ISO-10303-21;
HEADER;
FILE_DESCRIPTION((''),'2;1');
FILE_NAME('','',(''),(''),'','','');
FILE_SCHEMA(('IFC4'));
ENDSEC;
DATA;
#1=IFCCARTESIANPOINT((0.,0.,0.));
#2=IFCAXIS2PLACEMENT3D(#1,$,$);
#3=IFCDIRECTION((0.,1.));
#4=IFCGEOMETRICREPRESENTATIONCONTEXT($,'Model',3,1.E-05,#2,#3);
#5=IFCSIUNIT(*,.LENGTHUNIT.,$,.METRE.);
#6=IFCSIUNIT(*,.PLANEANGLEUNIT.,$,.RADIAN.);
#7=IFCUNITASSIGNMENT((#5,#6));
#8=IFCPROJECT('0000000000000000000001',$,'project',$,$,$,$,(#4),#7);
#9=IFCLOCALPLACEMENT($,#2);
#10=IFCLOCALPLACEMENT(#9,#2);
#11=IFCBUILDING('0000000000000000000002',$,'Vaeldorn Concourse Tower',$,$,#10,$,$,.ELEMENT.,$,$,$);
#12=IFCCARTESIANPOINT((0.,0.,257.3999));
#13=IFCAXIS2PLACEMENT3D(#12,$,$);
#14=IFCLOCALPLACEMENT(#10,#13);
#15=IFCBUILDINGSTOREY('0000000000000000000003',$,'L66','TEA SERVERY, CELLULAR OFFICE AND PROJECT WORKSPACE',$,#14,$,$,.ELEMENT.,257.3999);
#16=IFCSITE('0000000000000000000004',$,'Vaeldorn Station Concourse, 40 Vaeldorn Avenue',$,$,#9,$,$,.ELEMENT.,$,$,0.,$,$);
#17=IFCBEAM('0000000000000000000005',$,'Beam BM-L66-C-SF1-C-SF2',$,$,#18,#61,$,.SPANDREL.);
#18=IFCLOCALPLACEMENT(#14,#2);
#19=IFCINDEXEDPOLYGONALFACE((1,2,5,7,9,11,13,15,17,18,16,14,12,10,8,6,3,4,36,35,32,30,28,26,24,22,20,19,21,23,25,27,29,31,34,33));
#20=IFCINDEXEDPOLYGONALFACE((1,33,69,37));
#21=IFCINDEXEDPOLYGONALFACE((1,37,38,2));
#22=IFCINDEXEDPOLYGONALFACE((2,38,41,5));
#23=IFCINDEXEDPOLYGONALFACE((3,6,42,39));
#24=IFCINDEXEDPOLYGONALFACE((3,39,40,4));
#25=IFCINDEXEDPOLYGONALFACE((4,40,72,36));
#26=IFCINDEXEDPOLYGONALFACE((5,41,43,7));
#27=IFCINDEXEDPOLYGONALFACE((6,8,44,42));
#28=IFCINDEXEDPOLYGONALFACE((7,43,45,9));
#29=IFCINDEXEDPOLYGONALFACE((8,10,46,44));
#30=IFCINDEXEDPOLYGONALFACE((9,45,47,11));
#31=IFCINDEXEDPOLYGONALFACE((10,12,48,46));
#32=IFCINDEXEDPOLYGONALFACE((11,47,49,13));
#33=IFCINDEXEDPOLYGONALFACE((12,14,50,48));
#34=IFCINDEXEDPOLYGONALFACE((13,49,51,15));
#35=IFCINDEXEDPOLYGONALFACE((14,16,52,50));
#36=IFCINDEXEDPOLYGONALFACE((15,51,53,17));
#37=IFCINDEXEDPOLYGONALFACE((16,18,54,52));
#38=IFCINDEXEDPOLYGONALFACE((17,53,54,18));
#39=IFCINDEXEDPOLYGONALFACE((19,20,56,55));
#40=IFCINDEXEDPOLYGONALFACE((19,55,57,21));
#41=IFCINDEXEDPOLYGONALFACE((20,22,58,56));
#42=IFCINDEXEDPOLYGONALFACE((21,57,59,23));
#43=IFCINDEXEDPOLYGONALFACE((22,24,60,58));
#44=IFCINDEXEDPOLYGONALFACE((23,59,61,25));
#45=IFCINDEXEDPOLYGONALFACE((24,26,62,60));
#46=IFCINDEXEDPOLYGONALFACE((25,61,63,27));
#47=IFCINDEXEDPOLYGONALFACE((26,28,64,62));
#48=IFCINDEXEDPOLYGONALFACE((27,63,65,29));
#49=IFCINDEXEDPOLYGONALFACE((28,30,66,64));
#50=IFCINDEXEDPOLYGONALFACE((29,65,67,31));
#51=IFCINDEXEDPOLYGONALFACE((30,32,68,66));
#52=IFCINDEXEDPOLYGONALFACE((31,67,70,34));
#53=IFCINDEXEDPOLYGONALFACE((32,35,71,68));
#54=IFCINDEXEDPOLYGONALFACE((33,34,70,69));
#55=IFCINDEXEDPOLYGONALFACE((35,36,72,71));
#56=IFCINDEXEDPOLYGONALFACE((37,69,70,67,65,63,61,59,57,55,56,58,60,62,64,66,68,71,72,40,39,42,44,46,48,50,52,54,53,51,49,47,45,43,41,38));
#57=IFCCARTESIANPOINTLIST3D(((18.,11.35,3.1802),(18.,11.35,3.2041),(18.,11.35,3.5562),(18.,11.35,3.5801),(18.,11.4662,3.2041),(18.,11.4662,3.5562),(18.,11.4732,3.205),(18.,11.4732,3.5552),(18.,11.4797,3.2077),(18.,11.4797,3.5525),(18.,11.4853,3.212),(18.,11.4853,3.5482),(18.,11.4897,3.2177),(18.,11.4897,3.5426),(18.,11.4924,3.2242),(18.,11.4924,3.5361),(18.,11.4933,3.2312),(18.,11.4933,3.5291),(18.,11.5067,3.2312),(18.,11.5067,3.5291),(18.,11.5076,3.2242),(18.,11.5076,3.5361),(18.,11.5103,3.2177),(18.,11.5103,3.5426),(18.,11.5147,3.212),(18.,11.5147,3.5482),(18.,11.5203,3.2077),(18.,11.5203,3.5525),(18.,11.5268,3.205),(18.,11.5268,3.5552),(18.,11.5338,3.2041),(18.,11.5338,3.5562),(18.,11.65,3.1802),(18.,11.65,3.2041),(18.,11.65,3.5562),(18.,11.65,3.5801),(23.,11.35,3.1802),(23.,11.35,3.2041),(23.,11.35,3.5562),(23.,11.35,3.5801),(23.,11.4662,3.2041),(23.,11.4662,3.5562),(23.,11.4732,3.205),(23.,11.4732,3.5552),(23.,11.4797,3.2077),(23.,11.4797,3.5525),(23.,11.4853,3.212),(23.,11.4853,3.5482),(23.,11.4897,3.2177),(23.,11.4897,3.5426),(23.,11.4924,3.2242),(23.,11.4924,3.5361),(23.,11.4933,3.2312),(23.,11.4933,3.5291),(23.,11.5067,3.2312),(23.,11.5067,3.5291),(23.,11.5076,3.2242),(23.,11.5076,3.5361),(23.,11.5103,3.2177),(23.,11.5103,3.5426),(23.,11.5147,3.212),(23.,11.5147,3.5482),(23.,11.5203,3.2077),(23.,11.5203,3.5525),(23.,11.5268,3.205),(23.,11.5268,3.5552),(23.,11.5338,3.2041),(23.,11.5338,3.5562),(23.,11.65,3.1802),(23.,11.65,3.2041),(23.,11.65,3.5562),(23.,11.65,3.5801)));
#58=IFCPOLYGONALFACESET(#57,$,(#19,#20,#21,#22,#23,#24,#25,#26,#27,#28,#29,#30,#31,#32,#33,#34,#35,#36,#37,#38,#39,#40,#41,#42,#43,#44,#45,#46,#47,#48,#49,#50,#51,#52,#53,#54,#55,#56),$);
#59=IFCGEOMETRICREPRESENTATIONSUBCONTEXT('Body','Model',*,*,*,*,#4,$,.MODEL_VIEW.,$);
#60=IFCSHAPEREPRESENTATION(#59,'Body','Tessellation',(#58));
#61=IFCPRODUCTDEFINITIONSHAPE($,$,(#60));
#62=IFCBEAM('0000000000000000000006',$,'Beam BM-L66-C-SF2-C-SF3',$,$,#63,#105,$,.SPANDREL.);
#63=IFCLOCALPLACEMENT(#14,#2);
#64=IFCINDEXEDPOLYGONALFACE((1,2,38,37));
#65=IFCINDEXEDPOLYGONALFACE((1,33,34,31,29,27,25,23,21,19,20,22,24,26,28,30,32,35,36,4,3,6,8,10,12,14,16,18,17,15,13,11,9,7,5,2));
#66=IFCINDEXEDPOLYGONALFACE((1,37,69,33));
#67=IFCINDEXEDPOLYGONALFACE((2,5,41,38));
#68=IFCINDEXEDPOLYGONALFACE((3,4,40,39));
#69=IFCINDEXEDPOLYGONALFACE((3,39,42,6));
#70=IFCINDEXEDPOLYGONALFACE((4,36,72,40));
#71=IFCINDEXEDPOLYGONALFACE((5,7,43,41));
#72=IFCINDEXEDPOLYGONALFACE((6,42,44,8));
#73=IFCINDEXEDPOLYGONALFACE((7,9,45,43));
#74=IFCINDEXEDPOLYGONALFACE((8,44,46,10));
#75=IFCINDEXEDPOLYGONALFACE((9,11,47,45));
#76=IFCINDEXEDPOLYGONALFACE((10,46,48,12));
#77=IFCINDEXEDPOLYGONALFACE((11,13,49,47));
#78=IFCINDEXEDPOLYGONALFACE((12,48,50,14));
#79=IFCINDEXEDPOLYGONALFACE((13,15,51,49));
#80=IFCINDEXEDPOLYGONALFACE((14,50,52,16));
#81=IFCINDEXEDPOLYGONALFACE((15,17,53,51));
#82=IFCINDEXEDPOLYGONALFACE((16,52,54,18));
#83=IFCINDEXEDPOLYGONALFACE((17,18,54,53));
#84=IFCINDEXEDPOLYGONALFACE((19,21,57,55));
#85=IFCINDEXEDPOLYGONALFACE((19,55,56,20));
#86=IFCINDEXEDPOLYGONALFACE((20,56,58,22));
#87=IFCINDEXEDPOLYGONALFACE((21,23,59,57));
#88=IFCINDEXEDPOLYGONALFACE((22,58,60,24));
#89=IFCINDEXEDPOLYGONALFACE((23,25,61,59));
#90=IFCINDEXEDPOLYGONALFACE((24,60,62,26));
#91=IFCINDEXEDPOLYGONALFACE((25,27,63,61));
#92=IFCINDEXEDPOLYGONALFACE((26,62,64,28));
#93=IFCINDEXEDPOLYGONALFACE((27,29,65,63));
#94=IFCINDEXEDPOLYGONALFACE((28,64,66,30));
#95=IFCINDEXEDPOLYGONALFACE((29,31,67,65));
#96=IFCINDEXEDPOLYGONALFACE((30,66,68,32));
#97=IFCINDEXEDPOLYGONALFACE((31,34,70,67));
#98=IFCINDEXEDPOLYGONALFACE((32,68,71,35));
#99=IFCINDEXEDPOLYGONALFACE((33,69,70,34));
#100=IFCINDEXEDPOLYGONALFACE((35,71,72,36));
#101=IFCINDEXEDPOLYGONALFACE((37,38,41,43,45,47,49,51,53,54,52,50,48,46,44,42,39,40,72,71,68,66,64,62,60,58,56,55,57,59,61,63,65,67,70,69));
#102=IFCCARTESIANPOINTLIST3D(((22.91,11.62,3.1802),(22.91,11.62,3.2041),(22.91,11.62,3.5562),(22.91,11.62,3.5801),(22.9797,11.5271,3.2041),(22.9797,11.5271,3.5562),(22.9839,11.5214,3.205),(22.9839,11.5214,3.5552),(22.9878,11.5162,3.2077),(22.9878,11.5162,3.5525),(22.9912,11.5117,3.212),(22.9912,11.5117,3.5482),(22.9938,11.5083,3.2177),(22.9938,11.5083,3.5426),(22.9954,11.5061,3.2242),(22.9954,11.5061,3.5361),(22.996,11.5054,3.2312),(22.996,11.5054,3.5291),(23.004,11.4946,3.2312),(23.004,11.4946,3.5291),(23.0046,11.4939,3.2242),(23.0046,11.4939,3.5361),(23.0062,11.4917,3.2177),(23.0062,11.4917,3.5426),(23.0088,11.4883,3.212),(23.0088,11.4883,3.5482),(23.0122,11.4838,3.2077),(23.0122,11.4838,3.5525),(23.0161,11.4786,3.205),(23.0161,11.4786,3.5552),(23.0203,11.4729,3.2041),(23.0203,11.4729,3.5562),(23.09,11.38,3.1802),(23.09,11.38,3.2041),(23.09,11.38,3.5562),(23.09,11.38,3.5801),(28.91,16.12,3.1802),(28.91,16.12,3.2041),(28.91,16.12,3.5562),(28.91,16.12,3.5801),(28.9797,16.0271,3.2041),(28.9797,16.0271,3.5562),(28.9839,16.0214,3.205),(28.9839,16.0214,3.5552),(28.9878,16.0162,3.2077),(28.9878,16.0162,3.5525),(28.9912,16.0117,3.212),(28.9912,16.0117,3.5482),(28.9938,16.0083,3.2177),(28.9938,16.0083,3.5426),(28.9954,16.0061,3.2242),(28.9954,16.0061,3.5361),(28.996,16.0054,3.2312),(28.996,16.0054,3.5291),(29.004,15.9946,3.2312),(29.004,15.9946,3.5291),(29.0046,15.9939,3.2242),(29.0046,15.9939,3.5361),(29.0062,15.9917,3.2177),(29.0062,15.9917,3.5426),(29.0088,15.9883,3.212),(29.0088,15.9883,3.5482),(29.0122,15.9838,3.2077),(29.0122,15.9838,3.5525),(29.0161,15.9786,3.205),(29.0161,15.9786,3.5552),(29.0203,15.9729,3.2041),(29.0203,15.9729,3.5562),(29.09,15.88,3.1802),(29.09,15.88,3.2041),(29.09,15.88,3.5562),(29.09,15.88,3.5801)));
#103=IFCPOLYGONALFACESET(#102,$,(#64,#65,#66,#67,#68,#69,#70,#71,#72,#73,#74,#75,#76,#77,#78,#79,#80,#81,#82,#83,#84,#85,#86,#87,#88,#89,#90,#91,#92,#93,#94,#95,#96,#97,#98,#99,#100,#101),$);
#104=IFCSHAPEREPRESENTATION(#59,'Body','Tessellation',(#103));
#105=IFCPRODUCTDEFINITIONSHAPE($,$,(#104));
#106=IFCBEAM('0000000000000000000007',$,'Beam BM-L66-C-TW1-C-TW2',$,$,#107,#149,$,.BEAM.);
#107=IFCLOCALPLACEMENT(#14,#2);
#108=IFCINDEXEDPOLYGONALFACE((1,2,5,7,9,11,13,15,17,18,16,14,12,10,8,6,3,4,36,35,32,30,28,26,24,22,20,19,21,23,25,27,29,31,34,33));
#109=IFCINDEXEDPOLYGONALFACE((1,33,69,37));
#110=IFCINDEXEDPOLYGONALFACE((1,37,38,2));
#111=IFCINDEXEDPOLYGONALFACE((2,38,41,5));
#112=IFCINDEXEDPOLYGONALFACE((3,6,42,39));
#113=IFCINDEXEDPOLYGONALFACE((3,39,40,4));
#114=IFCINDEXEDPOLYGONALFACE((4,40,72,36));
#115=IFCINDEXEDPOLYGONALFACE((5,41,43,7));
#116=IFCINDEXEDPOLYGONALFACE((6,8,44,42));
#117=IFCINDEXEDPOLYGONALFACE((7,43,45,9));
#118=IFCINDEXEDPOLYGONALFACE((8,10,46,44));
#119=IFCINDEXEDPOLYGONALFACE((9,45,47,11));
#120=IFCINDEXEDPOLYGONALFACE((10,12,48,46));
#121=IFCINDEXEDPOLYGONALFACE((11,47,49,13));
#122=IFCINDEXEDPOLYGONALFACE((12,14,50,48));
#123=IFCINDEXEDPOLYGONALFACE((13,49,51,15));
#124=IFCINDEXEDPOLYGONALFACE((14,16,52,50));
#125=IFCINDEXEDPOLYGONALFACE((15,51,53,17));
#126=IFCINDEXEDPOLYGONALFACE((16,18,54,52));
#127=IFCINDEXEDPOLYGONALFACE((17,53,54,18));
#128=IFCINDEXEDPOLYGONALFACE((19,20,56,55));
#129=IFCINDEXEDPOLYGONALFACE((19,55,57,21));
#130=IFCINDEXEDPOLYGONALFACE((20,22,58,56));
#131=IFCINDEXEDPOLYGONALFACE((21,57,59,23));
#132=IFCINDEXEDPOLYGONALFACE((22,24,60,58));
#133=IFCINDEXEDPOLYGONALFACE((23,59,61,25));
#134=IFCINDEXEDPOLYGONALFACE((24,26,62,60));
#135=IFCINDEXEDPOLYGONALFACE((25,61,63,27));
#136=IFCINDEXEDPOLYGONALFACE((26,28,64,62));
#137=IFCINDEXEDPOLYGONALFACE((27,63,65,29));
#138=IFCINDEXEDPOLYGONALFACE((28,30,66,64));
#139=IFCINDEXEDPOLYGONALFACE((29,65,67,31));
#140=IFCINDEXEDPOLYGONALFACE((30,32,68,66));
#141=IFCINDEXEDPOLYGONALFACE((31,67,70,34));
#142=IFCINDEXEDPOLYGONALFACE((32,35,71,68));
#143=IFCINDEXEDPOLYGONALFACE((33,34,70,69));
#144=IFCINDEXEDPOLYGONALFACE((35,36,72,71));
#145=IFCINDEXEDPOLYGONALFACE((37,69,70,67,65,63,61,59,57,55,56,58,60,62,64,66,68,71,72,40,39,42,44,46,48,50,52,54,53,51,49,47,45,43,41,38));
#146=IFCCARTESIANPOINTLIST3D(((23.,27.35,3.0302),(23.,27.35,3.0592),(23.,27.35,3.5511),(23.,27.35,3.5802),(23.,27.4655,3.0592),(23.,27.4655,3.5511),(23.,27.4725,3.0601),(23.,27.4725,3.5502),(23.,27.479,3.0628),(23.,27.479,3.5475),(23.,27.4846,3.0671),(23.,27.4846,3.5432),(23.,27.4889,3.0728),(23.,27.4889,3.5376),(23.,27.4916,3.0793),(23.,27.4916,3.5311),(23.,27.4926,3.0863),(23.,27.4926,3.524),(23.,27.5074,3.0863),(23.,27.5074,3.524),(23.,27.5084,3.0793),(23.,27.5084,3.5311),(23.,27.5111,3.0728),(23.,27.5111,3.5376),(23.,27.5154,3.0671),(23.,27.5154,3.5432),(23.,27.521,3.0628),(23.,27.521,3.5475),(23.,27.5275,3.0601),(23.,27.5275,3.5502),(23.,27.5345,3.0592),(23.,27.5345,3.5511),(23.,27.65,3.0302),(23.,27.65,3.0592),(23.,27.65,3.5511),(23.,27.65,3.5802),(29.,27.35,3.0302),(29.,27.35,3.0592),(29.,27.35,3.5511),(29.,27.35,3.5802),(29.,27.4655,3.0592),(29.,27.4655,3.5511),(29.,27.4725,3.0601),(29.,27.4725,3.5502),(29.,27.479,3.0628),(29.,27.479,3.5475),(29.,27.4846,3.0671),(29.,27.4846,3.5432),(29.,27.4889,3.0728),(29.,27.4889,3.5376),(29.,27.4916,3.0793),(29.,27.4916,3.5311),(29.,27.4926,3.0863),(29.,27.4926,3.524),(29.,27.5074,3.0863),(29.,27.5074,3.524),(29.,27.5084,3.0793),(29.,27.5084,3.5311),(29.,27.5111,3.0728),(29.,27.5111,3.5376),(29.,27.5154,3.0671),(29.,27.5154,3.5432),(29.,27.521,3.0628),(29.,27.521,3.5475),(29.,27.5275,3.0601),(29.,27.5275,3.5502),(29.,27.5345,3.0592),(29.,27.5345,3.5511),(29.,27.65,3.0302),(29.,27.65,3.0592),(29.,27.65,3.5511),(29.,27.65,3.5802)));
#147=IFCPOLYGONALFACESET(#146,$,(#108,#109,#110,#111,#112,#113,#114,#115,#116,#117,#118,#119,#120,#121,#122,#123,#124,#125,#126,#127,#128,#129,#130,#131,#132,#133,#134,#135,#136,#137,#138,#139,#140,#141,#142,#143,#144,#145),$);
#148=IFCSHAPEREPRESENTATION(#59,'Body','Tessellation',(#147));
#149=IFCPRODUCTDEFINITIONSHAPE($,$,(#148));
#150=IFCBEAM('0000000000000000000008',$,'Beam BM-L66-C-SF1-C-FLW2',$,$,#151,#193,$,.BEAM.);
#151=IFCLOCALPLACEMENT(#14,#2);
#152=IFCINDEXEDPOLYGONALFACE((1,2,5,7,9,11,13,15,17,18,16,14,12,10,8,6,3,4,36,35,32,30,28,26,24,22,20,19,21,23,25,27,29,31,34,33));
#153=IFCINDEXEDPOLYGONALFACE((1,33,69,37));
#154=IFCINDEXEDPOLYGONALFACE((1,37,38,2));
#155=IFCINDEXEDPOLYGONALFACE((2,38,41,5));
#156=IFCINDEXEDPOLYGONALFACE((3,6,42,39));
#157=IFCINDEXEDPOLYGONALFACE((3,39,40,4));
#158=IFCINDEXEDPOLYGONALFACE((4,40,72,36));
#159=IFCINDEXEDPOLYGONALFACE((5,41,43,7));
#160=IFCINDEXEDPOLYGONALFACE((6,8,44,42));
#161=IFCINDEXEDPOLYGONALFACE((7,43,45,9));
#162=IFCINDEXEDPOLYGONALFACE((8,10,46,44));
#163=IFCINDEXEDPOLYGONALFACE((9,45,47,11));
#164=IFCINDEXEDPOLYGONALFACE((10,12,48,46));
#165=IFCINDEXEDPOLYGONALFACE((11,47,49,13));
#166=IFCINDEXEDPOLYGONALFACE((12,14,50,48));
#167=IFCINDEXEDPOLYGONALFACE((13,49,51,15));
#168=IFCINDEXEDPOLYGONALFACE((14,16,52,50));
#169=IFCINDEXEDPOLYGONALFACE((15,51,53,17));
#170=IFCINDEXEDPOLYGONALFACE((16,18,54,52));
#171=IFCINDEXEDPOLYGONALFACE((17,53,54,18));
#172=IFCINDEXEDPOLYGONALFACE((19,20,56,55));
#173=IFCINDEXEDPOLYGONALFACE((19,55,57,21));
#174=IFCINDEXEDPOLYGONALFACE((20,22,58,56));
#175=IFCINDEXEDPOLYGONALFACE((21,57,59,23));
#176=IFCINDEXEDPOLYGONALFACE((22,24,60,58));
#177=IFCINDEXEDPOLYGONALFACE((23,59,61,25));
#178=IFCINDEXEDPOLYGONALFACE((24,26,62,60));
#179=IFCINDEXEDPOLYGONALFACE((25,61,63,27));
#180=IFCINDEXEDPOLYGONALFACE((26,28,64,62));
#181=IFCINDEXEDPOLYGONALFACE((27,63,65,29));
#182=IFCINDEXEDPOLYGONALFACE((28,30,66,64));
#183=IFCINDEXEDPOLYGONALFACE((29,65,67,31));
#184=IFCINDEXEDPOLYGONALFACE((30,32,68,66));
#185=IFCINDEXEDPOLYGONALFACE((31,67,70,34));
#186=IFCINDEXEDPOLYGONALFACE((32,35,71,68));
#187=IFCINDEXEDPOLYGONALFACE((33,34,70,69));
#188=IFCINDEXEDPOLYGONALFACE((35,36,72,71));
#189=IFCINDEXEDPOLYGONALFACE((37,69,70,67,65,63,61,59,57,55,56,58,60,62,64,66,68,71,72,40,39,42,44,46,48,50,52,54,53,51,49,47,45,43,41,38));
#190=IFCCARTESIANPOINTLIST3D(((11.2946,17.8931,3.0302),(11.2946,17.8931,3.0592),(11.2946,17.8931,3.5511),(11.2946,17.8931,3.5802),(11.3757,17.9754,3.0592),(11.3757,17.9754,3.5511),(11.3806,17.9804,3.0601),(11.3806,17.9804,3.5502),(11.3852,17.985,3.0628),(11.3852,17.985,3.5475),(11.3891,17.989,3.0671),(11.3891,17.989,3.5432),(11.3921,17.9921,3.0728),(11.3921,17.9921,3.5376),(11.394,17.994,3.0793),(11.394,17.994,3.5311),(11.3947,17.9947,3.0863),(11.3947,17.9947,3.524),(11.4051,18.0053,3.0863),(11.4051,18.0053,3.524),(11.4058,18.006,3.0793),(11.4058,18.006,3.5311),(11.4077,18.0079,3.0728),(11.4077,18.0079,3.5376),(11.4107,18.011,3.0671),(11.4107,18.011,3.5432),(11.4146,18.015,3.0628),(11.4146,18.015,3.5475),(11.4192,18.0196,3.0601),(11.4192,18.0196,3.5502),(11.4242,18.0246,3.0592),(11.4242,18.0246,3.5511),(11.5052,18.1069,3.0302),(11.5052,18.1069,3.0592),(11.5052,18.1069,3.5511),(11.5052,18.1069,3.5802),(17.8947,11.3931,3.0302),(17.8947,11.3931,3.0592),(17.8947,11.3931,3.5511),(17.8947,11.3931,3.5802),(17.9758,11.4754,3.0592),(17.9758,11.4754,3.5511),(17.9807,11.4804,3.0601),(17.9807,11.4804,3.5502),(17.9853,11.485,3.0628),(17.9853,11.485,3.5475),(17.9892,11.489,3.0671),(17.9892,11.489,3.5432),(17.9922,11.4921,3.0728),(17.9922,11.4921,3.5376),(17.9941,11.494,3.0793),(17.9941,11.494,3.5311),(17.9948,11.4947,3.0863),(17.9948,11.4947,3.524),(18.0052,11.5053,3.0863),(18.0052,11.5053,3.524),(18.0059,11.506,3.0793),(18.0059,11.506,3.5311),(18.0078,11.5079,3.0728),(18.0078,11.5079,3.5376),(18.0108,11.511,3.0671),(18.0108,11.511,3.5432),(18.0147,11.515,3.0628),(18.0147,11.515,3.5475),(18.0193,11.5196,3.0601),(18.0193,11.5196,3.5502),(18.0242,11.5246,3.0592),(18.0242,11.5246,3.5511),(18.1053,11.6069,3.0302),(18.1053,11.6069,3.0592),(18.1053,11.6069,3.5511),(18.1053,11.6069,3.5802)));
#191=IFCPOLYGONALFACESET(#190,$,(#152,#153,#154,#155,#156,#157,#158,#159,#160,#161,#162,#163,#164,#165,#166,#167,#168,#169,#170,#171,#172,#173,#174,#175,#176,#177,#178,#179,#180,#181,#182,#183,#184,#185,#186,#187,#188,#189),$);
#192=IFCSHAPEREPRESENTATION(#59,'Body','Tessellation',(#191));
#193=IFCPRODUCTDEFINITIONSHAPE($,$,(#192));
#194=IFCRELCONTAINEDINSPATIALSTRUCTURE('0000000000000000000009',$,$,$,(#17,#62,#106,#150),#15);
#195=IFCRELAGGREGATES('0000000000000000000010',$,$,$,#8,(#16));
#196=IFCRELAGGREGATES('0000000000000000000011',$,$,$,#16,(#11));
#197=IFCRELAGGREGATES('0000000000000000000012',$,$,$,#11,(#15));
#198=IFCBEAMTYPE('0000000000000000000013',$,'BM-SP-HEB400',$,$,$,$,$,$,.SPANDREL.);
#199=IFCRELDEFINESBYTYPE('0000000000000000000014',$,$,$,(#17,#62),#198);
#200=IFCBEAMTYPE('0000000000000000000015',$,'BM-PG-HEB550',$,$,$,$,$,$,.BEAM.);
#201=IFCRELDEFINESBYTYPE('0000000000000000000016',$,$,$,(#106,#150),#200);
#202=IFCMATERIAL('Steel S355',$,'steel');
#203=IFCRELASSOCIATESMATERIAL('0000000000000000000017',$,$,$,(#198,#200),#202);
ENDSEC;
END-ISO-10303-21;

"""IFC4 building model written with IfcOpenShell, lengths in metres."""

from ifc_helpers import new_model, si_unit, direction, frame, origin, origin_2d, place, context, subcontext, project, spatial, i_section, extrude, source, transform, mapped, material, material_profile, profile_set, type_object, element, save


model = new_model("IFC4")

# Units and contexts
model_context = context("Model", 3, precision=1e-05, world=origin(), true_north=direction((0.0, 1.0)))
body_context = subcontext(model_context, "Body", "Model", "MODEL_VIEW")
ifc_project = project(units=[si_unit("LENGTHUNIT", "METRE"), si_unit("PLANEANGLEUNIT", "RADIAN")], contexts=[model_context])

# Site, building, storey
site_placement = place(None, origin())
site = spatial("IfcSite", under=ifc_project, at=site_placement, Name="Vaeldorn Station Concourse, 40 Vaeldorn Avenue", CompositionType="ELEMENT", RefElevation=0.0)
building_placement = place(site_placement, origin())
building = spatial("IfcBuilding", under=site, at=building_placement, Name="Vaeldorn Concourse Tower", CompositionType="ELEMENT")
storey_placement = place(building_placement, frame((0.0, 0.0, 257.3999)))
storey = spatial("IfcBuildingStorey", under=building, at=storey_placement, Name="L66", Description="TEA SERVERY, CELLULAR OFFICE AND PROJECT WORKSPACE", CompositionType="ELEMENT", Elevation=257.3999)

# Shared definitions
ifc_material_1 = material(Name="Steel S355", Category="steel")

# Beams
ifc_material_profile_1 = material_profile(ifc_material_1, i_section(OverallWidth=0.3, OverallDepth=0.3999, WebThickness=0.0134, FlangeThickness=0.0239, FilletRadius=0.0271, at=origin_2d()), Name="HEB 400")
ifc_profile_set_1 = profile_set([ifc_material_profile_1], Name="Steel S355")
beam_type_1 = type_object("IfcBeamType", Name="BM-SP-HEB400", PredefinedType="SPANDREL", material=ifc_profile_set_1)
shared_shape_1 = source(origin(), body_context, "Body", "SweptSolid", [
    extrude(i_section(OverallWidth=0.3, OverallDepth=0.3999, WebThickness=0.0134, FlangeThickness=0.0239, FilletRadius=0.0271, at=origin_2d()), origin(), (0.0, 0.0, 1.0), 5.0),
])
beam_1_placement = place(storey_placement, frame((18.0, 11.5, 3.3801), z_axis=(1.0, 0.0, 0.0), x_axis=(0.0, 1.0, 0.0)))
element("IfcBeam", 1, at=beam_1_placement, inside=storey, type_object=beam_type_1, Name="Beam BM-L66-C-SF1-C-SF2", PredefinedType="SPANDREL", context=body_context, shape_type="MappedRepresentation", body=[
    mapped(shared_shape_1, transform((0.0, 0.0, 0.0), scale=1.0)),
])
shared_shape_2 = source(origin(), body_context, "Body", "SweptSolid", [
    extrude(i_section(OverallWidth=0.3, OverallDepth=0.3999, WebThickness=0.0134, FlangeThickness=0.0239, FilletRadius=0.0271, at=origin_2d()), origin(), (0.0, 0.0, 1.0), 7.5),
])
beam_2_placement = place(storey_placement, frame((23.0, 11.5, 3.3801), z_axis=(0.8, 0.6, 0.0), x_axis=(-0.6, 0.8, 0.0)))
element("IfcBeam", 2, at=beam_2_placement, inside=storey, type_object=beam_type_1, Name="Beam BM-L66-C-SF2-C-SF3", PredefinedType="SPANDREL", context=body_context, shape_type="MappedRepresentation", body=[
    mapped(shared_shape_2, transform((0.0, 0.0, 0.0), scale=1.0)),
])
ifc_material_profile_2 = material_profile(ifc_material_1, i_section(OverallWidth=0.3, OverallDepth=0.55, WebThickness=0.0149, FlangeThickness=0.0291, FilletRadius=0.0271, at=origin_2d()), Name="HEB 550")
ifc_profile_set_2 = profile_set([ifc_material_profile_2], Name="Steel S355")
beam_type_2 = type_object("IfcBeamType", Name="BM-PG-HEB550", PredefinedType="BEAM", material=ifc_profile_set_2)
shared_shape_3 = source(origin(), body_context, "Body", "SweptSolid", [
    extrude(i_section(OverallWidth=0.3, OverallDepth=0.55, WebThickness=0.0149, FlangeThickness=0.0291, FilletRadius=0.0271, at=origin_2d()), origin(), (0.0, 0.0, 1.0), 6.0),
])
beam_3_placement = place(storey_placement, frame((23.0, 27.5, 3.3052), z_axis=(1.0, 0.0, 0.0), x_axis=(0.0, 1.0, 0.0)))
element("IfcBeam", 3, at=beam_3_placement, inside=storey, type_object=beam_type_2, Name="Beam BM-L66-C-TW1-C-TW2", PredefinedType="BEAM", context=body_context, shape_type="MappedRepresentation", body=[
    mapped(shared_shape_3, transform((0.0, 0.0, 0.0), scale=1.0)),
])
shared_shape_4 = source(origin(), body_context, "Body", "SweptSolid", [
    extrude(i_section(OverallWidth=0.3, OverallDepth=0.55, WebThickness=0.0149, FlangeThickness=0.0291, FilletRadius=0.0271, at=origin_2d()), origin(), (0.0, 0.0, 1.0), 9.2634),
])
beam_4_placement = place(storey_placement, frame((18.0, 11.5, 3.3052), z_axis=(-0.712489, 0.701683, 0.0), x_axis=(-0.701683, -0.712489, 0.0)))
element("IfcBeam", 4, at=beam_4_placement, inside=storey, type_object=beam_type_2, Name="Beam BM-L66-C-SF1-C-FLW2", PredefinedType="BEAM", context=body_context, shape_type="MappedRepresentation", body=[
    mapped(shared_shape_4, transform((0.0, 0.0, 0.0), scale=1.0)),
])

save(model, "model.ifc")
